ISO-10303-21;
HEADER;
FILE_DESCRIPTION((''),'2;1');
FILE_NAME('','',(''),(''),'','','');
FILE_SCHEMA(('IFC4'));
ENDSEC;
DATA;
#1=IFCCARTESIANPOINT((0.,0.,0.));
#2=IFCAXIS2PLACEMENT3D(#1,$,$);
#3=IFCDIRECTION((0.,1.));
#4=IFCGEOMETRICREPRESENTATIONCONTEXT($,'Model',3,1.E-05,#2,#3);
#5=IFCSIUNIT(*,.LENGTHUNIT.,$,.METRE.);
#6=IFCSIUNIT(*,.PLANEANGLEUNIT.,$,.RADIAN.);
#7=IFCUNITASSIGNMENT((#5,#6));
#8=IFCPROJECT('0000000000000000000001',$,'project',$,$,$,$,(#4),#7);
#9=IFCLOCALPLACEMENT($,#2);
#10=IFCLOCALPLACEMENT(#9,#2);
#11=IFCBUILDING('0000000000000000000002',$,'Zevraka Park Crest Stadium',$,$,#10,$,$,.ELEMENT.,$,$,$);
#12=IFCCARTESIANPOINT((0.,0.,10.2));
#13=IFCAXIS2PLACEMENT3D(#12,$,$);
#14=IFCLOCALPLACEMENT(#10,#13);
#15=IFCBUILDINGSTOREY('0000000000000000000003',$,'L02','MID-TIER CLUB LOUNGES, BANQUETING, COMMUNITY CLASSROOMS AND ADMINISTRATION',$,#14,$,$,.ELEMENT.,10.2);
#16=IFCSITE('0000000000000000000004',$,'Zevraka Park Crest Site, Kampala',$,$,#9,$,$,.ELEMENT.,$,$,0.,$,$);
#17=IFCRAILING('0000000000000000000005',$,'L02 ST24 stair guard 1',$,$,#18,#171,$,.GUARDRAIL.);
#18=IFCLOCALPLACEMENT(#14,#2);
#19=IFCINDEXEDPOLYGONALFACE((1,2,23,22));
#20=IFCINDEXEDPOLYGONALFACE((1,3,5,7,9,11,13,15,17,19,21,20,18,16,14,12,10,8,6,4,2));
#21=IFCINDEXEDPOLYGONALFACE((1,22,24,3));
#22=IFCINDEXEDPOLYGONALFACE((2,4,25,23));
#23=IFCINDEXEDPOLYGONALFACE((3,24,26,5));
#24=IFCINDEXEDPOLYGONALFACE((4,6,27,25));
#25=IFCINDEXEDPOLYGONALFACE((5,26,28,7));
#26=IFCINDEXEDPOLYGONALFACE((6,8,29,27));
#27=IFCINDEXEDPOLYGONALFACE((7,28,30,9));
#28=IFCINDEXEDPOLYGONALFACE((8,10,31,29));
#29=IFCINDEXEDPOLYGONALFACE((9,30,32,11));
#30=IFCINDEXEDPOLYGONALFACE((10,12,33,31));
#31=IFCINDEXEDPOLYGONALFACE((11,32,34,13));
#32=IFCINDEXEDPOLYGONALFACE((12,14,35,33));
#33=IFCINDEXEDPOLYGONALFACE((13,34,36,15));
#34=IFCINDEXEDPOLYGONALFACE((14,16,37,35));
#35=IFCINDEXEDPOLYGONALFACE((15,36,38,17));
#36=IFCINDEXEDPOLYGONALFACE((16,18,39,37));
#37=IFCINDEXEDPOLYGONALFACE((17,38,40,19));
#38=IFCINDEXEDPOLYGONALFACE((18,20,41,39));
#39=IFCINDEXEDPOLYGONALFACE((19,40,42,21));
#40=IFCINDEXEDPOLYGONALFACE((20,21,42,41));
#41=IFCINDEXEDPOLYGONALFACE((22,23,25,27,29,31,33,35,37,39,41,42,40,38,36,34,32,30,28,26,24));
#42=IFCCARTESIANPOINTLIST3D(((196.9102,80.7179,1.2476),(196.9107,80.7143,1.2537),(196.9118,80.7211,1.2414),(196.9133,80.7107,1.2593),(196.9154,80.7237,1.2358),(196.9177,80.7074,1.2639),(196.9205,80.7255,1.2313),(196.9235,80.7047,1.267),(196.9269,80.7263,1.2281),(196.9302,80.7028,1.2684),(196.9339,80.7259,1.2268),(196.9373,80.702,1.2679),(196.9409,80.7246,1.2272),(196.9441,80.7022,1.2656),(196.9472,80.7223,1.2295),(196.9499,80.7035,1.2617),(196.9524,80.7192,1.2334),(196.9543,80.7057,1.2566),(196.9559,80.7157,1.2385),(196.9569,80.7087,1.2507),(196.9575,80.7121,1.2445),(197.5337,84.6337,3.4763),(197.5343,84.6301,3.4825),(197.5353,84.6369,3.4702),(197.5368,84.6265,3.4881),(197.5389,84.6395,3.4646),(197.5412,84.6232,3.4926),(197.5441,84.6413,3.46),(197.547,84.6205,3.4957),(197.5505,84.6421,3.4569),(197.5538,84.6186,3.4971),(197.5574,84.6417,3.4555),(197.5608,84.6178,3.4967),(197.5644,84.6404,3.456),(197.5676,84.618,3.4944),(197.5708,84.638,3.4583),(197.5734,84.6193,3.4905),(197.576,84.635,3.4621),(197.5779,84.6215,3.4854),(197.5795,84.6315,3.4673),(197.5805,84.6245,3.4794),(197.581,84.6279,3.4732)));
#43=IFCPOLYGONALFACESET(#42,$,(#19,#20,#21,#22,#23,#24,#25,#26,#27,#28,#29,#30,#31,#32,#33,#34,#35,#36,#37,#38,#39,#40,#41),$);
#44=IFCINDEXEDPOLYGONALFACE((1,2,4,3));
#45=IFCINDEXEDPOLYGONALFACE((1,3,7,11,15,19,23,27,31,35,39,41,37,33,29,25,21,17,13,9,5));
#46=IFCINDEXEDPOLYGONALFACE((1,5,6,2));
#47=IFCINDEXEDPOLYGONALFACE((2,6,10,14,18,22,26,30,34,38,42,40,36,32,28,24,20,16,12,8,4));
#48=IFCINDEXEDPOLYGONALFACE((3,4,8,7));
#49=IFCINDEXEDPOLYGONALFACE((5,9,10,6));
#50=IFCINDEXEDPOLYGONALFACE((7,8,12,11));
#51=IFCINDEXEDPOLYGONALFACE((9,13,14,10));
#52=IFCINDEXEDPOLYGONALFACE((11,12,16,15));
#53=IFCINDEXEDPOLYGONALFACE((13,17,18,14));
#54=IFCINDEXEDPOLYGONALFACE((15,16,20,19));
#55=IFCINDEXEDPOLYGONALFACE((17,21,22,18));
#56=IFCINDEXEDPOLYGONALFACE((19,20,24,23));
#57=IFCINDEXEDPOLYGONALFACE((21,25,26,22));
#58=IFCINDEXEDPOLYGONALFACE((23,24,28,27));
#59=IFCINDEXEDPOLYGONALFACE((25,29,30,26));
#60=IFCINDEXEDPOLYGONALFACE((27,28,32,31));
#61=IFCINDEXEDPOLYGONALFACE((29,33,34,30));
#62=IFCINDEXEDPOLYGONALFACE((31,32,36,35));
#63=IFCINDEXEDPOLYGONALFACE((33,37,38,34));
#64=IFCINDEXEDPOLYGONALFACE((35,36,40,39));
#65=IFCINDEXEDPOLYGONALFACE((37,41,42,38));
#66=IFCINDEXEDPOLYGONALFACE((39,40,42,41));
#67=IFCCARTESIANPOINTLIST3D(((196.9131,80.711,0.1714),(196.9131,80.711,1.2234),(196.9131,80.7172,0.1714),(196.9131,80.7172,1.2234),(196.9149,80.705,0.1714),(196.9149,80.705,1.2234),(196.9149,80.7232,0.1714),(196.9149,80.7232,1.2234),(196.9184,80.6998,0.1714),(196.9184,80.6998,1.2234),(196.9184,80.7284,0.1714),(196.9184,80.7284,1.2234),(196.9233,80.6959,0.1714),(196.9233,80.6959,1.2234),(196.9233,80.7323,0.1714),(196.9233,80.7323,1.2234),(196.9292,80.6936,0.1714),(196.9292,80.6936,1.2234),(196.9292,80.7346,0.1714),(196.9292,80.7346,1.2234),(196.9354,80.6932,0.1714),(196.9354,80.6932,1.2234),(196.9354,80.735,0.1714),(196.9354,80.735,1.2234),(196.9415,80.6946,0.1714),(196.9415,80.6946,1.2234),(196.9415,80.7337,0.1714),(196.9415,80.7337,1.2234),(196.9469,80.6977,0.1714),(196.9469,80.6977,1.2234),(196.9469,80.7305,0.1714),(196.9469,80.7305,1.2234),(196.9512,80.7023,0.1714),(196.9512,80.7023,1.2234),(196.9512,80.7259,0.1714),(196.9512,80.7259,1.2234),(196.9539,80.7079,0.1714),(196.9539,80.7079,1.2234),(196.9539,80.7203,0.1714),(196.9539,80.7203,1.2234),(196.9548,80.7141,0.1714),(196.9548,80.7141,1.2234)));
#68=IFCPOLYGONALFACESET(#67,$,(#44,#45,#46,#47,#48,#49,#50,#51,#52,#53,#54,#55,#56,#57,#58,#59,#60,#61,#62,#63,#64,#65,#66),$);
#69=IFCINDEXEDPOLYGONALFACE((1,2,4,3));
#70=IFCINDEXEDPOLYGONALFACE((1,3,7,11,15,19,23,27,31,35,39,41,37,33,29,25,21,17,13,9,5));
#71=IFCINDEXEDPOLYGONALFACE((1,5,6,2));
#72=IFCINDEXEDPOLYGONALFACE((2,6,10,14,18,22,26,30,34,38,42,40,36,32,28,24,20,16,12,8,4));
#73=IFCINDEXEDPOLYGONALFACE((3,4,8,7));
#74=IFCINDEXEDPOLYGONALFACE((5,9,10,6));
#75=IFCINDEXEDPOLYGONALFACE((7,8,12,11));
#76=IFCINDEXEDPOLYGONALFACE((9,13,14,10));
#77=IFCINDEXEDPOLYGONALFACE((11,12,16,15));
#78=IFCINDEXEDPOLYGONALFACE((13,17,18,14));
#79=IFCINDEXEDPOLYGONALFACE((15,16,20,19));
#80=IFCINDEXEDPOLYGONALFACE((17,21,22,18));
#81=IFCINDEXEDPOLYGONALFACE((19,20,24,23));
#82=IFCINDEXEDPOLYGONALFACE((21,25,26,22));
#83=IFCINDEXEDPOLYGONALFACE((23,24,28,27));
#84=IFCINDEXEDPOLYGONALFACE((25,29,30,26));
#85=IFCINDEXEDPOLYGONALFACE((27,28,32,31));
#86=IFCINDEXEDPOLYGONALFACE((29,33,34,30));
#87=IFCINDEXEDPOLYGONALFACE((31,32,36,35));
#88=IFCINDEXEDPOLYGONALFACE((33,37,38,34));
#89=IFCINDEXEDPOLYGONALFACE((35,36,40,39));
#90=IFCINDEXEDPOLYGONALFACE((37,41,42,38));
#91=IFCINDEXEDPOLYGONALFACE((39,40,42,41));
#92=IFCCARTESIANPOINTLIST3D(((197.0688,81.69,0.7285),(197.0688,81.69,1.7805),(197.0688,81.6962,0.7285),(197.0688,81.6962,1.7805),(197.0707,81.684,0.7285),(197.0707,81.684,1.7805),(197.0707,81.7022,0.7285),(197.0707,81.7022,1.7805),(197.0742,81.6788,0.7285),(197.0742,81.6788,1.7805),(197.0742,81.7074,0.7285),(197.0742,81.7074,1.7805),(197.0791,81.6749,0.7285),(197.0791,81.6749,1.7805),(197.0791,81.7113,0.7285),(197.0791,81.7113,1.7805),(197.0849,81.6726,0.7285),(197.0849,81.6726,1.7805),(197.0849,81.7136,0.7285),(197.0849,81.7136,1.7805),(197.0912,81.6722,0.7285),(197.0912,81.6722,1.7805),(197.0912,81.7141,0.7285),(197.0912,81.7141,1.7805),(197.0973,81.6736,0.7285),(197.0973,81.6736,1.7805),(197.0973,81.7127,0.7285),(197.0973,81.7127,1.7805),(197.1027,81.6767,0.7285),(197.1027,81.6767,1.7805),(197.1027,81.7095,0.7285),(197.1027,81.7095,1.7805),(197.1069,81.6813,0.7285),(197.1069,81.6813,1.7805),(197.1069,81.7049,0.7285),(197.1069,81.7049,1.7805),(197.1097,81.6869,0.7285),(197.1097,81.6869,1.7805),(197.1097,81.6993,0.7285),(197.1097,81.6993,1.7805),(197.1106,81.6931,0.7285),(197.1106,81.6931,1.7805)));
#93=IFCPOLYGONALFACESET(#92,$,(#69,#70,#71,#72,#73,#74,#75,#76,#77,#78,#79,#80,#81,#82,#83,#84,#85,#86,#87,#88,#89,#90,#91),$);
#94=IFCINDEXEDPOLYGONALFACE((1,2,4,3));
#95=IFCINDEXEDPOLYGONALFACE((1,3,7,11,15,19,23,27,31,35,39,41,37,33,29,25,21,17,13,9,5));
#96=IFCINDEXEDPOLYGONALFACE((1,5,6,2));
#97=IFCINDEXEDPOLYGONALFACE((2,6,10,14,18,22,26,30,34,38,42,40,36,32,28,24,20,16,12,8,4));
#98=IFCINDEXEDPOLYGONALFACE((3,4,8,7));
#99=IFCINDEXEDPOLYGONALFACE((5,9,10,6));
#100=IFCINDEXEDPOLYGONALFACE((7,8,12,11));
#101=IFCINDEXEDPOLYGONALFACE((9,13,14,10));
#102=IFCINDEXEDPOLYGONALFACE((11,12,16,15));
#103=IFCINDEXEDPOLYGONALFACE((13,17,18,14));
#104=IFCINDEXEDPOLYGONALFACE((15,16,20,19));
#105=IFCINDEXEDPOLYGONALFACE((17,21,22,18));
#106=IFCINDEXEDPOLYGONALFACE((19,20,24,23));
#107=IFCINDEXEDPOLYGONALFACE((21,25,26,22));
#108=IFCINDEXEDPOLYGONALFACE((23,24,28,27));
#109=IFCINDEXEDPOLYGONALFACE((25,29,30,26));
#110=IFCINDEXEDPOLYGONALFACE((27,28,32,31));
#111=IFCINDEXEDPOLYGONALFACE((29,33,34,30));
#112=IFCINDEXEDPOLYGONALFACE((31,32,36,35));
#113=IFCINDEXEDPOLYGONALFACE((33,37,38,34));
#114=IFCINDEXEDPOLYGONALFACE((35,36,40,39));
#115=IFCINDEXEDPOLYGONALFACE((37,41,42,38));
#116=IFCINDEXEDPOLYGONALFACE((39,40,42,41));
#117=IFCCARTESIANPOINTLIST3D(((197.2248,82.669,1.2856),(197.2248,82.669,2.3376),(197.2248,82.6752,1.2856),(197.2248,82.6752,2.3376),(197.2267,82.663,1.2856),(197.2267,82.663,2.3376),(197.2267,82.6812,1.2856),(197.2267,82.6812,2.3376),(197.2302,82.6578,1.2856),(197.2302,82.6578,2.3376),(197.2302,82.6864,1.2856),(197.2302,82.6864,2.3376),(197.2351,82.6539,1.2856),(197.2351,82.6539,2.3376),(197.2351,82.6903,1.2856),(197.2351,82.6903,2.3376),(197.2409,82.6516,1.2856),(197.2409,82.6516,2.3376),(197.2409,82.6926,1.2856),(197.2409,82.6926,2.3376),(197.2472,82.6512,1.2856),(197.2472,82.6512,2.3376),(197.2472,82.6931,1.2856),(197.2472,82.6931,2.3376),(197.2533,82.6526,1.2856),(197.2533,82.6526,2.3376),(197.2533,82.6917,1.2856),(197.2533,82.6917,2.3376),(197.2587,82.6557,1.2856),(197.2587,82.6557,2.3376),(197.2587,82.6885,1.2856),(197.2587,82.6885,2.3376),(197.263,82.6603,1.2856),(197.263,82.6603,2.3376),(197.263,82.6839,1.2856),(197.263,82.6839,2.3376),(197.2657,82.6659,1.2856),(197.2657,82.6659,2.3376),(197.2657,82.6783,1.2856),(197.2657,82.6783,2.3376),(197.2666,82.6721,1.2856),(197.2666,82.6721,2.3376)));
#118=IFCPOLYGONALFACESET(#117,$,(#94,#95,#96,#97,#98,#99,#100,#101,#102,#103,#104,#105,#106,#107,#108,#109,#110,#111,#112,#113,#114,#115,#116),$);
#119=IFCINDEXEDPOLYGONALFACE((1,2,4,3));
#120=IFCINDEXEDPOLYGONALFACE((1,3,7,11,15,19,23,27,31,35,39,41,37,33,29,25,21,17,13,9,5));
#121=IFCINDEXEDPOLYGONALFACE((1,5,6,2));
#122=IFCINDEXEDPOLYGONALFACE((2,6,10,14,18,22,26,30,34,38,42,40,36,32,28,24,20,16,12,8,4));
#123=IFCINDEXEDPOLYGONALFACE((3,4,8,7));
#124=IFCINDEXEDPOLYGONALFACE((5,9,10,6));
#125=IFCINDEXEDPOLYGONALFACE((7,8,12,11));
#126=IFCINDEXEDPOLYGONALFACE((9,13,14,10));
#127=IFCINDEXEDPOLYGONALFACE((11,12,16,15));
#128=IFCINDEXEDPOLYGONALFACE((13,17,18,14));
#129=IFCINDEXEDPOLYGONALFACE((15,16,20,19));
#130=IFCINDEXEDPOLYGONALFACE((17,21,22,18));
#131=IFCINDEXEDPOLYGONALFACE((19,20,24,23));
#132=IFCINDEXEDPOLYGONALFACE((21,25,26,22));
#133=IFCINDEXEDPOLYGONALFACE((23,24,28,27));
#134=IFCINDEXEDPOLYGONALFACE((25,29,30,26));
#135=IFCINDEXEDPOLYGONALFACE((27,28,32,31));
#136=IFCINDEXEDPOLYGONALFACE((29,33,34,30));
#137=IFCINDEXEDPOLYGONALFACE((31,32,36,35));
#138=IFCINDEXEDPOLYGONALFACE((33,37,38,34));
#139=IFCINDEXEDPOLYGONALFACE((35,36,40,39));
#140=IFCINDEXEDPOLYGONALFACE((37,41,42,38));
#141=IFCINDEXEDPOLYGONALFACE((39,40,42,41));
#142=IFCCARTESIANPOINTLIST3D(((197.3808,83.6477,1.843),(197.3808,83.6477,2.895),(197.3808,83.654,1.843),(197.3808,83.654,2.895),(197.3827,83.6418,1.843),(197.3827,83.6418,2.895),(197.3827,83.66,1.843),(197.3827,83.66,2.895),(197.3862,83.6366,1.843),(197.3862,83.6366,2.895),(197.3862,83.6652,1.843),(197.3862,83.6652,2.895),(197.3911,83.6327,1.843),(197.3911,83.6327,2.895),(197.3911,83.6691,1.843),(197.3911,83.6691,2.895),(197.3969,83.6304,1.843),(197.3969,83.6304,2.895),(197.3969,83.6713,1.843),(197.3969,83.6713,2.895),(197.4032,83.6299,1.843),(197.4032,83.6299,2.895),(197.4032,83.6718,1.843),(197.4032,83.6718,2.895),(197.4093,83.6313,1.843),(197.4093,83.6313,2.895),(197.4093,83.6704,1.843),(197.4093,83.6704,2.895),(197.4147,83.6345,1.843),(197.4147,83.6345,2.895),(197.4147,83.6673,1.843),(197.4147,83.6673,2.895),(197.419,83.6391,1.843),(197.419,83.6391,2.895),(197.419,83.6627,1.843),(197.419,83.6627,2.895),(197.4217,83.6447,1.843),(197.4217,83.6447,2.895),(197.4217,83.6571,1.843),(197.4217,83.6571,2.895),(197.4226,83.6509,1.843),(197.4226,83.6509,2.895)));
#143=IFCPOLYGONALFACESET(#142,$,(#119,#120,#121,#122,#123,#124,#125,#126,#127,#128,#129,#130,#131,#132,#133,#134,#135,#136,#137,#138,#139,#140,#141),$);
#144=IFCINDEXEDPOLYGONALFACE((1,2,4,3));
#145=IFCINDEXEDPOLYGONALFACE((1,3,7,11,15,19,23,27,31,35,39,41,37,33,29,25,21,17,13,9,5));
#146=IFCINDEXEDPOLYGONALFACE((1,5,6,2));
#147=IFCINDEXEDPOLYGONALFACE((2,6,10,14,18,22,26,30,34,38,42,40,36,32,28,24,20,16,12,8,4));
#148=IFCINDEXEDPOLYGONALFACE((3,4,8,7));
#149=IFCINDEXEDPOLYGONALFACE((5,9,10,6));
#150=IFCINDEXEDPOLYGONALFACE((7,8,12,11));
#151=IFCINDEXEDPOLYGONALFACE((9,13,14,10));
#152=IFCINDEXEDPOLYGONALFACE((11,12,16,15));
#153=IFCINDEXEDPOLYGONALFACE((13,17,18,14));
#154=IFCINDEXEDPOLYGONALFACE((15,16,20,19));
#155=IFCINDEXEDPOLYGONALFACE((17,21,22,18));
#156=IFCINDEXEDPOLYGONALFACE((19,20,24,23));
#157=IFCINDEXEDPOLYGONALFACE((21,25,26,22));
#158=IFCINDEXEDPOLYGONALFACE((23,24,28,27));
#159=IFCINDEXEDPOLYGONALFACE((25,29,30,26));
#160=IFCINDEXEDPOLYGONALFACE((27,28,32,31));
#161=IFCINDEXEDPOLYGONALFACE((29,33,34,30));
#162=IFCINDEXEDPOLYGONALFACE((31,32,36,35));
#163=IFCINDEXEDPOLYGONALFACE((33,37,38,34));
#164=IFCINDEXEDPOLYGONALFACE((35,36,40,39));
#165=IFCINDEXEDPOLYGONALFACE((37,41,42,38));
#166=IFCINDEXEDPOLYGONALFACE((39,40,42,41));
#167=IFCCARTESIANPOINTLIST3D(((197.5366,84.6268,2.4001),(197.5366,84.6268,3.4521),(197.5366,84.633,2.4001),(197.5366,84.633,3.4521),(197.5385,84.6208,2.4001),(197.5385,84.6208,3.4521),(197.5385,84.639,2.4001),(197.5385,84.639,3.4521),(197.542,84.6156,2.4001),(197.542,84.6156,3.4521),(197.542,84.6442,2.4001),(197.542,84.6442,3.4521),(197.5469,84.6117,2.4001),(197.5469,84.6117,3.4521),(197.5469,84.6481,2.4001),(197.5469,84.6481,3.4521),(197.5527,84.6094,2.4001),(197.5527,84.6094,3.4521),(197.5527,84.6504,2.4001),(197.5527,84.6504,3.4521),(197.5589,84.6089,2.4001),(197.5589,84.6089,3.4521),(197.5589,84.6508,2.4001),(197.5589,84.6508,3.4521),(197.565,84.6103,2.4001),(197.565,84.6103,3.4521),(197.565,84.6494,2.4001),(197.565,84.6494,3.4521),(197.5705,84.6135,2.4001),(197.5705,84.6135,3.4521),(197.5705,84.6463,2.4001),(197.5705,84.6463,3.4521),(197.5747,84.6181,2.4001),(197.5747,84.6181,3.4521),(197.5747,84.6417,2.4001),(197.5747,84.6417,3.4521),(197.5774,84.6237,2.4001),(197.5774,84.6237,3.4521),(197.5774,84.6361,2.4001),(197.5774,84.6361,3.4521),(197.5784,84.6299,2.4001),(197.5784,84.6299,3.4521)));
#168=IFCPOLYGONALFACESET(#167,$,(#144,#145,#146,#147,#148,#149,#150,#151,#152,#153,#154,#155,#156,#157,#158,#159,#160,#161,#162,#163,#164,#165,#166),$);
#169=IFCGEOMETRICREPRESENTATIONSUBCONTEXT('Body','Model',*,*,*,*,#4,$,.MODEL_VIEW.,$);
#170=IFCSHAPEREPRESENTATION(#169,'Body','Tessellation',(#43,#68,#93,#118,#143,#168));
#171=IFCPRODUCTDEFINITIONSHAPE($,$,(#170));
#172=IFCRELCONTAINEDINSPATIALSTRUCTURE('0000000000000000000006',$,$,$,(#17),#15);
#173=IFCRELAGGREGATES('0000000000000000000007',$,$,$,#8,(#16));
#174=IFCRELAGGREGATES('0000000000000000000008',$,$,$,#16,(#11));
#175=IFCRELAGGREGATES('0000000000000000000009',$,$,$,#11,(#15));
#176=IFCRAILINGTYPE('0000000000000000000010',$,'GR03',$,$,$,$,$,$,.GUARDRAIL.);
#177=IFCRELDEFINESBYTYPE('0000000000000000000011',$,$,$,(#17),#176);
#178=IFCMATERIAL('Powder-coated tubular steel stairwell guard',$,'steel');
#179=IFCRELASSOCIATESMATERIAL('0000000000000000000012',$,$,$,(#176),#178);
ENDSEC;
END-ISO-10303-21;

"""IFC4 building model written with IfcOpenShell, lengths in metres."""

from ifc_helpers import new_model, si_unit, direction, frame, origin, origin_2d, place, context, subcontext, project, spatial, circle, extrude, material, type_object, element, save


model = new_model("IFC4")

# Units and contexts
model_context = context("Model", 3, precision=1e-05, world=origin(), true_north=direction((0.0, 1.0)))
body_context = subcontext(model_context, "Body", "Model", "MODEL_VIEW")
ifc_project = project(units=[si_unit("LENGTHUNIT", "METRE"), si_unit("PLANEANGLEUNIT", "RADIAN")], contexts=[model_context])

# Site, building, storey
site_placement = place(None, origin())
site = spatial("IfcSite", under=ifc_project, at=site_placement, Name="Zevraka Park Crest Site, Kampala", CompositionType="ELEMENT", RefElevation=0.0)
building_placement = place(site_placement, origin())
building = spatial("IfcBuilding", under=site, at=building_placement, Name="Zevraka Park Crest Stadium", CompositionType="ELEMENT")
storey_placement = place(building_placement, frame((0.0, 0.0, 10.2)))
storey = spatial("IfcBuildingStorey", under=building, at=storey_placement, Name="L02", Description="MID-TIER CLUB LOUNGES, BANQUETING, COMMUNITY CLASSROOMS AND ADMINISTRATION", CompositionType="ELEMENT", Elevation=10.2)

# Railing
ifc_material_1 = material(Name="Powder-coated tubular steel stairwell guard", Category="steel")
railing_type_1 = type_object("IfcRailingType", Name="GR03", PredefinedType="GUARDRAIL", material=ifc_material_1)
railing_1_placement = place(storey_placement, frame((196.9338, 80.7141, 0.1714)))
element("IfcRailing", 1, at=railing_1_placement, inside=storey, type_object=railing_type_1, Name="L02 ST24 stair guard 1", PredefinedType="GUARDRAIL", context=body_context, shape_type="SweptSolid", body=[
    extrude(circle(Radius=0.0239, at=origin_2d()), frame((0.0, 0.0, 1.0762), z_axis=(0.137084, 0.860881, 0.489992), x_axis=(-0.987558, 0.157256, 0.0)), (0.0, 0.0, 1.0), 4.5486),
    extrude(circle(Radius=0.021, at=origin_2d()), origin(), (0.0, 0.0, 1.0), 1.052),
    extrude(circle(Radius=0.021, at=origin_2d()), frame((0.1558, 0.979, 0.5571)), (0.0, 0.0, 1.0), 1.052),
    extrude(circle(Radius=0.021, at=origin_2d()), frame((0.3118, 1.958, 1.1143)), (0.0, 0.0, 1.0), 1.052),
    extrude(circle(Radius=0.021, at=origin_2d()), frame((0.4678, 2.9368, 1.6716)), (0.0, 0.0, 1.0), 1.052),
    extrude(circle(Radius=0.021, at=origin_2d()), frame((0.6235, 3.9158, 2.2288)), (0.0, 0.0, 1.0), 1.052),
])

save(model, "model.ifc")
